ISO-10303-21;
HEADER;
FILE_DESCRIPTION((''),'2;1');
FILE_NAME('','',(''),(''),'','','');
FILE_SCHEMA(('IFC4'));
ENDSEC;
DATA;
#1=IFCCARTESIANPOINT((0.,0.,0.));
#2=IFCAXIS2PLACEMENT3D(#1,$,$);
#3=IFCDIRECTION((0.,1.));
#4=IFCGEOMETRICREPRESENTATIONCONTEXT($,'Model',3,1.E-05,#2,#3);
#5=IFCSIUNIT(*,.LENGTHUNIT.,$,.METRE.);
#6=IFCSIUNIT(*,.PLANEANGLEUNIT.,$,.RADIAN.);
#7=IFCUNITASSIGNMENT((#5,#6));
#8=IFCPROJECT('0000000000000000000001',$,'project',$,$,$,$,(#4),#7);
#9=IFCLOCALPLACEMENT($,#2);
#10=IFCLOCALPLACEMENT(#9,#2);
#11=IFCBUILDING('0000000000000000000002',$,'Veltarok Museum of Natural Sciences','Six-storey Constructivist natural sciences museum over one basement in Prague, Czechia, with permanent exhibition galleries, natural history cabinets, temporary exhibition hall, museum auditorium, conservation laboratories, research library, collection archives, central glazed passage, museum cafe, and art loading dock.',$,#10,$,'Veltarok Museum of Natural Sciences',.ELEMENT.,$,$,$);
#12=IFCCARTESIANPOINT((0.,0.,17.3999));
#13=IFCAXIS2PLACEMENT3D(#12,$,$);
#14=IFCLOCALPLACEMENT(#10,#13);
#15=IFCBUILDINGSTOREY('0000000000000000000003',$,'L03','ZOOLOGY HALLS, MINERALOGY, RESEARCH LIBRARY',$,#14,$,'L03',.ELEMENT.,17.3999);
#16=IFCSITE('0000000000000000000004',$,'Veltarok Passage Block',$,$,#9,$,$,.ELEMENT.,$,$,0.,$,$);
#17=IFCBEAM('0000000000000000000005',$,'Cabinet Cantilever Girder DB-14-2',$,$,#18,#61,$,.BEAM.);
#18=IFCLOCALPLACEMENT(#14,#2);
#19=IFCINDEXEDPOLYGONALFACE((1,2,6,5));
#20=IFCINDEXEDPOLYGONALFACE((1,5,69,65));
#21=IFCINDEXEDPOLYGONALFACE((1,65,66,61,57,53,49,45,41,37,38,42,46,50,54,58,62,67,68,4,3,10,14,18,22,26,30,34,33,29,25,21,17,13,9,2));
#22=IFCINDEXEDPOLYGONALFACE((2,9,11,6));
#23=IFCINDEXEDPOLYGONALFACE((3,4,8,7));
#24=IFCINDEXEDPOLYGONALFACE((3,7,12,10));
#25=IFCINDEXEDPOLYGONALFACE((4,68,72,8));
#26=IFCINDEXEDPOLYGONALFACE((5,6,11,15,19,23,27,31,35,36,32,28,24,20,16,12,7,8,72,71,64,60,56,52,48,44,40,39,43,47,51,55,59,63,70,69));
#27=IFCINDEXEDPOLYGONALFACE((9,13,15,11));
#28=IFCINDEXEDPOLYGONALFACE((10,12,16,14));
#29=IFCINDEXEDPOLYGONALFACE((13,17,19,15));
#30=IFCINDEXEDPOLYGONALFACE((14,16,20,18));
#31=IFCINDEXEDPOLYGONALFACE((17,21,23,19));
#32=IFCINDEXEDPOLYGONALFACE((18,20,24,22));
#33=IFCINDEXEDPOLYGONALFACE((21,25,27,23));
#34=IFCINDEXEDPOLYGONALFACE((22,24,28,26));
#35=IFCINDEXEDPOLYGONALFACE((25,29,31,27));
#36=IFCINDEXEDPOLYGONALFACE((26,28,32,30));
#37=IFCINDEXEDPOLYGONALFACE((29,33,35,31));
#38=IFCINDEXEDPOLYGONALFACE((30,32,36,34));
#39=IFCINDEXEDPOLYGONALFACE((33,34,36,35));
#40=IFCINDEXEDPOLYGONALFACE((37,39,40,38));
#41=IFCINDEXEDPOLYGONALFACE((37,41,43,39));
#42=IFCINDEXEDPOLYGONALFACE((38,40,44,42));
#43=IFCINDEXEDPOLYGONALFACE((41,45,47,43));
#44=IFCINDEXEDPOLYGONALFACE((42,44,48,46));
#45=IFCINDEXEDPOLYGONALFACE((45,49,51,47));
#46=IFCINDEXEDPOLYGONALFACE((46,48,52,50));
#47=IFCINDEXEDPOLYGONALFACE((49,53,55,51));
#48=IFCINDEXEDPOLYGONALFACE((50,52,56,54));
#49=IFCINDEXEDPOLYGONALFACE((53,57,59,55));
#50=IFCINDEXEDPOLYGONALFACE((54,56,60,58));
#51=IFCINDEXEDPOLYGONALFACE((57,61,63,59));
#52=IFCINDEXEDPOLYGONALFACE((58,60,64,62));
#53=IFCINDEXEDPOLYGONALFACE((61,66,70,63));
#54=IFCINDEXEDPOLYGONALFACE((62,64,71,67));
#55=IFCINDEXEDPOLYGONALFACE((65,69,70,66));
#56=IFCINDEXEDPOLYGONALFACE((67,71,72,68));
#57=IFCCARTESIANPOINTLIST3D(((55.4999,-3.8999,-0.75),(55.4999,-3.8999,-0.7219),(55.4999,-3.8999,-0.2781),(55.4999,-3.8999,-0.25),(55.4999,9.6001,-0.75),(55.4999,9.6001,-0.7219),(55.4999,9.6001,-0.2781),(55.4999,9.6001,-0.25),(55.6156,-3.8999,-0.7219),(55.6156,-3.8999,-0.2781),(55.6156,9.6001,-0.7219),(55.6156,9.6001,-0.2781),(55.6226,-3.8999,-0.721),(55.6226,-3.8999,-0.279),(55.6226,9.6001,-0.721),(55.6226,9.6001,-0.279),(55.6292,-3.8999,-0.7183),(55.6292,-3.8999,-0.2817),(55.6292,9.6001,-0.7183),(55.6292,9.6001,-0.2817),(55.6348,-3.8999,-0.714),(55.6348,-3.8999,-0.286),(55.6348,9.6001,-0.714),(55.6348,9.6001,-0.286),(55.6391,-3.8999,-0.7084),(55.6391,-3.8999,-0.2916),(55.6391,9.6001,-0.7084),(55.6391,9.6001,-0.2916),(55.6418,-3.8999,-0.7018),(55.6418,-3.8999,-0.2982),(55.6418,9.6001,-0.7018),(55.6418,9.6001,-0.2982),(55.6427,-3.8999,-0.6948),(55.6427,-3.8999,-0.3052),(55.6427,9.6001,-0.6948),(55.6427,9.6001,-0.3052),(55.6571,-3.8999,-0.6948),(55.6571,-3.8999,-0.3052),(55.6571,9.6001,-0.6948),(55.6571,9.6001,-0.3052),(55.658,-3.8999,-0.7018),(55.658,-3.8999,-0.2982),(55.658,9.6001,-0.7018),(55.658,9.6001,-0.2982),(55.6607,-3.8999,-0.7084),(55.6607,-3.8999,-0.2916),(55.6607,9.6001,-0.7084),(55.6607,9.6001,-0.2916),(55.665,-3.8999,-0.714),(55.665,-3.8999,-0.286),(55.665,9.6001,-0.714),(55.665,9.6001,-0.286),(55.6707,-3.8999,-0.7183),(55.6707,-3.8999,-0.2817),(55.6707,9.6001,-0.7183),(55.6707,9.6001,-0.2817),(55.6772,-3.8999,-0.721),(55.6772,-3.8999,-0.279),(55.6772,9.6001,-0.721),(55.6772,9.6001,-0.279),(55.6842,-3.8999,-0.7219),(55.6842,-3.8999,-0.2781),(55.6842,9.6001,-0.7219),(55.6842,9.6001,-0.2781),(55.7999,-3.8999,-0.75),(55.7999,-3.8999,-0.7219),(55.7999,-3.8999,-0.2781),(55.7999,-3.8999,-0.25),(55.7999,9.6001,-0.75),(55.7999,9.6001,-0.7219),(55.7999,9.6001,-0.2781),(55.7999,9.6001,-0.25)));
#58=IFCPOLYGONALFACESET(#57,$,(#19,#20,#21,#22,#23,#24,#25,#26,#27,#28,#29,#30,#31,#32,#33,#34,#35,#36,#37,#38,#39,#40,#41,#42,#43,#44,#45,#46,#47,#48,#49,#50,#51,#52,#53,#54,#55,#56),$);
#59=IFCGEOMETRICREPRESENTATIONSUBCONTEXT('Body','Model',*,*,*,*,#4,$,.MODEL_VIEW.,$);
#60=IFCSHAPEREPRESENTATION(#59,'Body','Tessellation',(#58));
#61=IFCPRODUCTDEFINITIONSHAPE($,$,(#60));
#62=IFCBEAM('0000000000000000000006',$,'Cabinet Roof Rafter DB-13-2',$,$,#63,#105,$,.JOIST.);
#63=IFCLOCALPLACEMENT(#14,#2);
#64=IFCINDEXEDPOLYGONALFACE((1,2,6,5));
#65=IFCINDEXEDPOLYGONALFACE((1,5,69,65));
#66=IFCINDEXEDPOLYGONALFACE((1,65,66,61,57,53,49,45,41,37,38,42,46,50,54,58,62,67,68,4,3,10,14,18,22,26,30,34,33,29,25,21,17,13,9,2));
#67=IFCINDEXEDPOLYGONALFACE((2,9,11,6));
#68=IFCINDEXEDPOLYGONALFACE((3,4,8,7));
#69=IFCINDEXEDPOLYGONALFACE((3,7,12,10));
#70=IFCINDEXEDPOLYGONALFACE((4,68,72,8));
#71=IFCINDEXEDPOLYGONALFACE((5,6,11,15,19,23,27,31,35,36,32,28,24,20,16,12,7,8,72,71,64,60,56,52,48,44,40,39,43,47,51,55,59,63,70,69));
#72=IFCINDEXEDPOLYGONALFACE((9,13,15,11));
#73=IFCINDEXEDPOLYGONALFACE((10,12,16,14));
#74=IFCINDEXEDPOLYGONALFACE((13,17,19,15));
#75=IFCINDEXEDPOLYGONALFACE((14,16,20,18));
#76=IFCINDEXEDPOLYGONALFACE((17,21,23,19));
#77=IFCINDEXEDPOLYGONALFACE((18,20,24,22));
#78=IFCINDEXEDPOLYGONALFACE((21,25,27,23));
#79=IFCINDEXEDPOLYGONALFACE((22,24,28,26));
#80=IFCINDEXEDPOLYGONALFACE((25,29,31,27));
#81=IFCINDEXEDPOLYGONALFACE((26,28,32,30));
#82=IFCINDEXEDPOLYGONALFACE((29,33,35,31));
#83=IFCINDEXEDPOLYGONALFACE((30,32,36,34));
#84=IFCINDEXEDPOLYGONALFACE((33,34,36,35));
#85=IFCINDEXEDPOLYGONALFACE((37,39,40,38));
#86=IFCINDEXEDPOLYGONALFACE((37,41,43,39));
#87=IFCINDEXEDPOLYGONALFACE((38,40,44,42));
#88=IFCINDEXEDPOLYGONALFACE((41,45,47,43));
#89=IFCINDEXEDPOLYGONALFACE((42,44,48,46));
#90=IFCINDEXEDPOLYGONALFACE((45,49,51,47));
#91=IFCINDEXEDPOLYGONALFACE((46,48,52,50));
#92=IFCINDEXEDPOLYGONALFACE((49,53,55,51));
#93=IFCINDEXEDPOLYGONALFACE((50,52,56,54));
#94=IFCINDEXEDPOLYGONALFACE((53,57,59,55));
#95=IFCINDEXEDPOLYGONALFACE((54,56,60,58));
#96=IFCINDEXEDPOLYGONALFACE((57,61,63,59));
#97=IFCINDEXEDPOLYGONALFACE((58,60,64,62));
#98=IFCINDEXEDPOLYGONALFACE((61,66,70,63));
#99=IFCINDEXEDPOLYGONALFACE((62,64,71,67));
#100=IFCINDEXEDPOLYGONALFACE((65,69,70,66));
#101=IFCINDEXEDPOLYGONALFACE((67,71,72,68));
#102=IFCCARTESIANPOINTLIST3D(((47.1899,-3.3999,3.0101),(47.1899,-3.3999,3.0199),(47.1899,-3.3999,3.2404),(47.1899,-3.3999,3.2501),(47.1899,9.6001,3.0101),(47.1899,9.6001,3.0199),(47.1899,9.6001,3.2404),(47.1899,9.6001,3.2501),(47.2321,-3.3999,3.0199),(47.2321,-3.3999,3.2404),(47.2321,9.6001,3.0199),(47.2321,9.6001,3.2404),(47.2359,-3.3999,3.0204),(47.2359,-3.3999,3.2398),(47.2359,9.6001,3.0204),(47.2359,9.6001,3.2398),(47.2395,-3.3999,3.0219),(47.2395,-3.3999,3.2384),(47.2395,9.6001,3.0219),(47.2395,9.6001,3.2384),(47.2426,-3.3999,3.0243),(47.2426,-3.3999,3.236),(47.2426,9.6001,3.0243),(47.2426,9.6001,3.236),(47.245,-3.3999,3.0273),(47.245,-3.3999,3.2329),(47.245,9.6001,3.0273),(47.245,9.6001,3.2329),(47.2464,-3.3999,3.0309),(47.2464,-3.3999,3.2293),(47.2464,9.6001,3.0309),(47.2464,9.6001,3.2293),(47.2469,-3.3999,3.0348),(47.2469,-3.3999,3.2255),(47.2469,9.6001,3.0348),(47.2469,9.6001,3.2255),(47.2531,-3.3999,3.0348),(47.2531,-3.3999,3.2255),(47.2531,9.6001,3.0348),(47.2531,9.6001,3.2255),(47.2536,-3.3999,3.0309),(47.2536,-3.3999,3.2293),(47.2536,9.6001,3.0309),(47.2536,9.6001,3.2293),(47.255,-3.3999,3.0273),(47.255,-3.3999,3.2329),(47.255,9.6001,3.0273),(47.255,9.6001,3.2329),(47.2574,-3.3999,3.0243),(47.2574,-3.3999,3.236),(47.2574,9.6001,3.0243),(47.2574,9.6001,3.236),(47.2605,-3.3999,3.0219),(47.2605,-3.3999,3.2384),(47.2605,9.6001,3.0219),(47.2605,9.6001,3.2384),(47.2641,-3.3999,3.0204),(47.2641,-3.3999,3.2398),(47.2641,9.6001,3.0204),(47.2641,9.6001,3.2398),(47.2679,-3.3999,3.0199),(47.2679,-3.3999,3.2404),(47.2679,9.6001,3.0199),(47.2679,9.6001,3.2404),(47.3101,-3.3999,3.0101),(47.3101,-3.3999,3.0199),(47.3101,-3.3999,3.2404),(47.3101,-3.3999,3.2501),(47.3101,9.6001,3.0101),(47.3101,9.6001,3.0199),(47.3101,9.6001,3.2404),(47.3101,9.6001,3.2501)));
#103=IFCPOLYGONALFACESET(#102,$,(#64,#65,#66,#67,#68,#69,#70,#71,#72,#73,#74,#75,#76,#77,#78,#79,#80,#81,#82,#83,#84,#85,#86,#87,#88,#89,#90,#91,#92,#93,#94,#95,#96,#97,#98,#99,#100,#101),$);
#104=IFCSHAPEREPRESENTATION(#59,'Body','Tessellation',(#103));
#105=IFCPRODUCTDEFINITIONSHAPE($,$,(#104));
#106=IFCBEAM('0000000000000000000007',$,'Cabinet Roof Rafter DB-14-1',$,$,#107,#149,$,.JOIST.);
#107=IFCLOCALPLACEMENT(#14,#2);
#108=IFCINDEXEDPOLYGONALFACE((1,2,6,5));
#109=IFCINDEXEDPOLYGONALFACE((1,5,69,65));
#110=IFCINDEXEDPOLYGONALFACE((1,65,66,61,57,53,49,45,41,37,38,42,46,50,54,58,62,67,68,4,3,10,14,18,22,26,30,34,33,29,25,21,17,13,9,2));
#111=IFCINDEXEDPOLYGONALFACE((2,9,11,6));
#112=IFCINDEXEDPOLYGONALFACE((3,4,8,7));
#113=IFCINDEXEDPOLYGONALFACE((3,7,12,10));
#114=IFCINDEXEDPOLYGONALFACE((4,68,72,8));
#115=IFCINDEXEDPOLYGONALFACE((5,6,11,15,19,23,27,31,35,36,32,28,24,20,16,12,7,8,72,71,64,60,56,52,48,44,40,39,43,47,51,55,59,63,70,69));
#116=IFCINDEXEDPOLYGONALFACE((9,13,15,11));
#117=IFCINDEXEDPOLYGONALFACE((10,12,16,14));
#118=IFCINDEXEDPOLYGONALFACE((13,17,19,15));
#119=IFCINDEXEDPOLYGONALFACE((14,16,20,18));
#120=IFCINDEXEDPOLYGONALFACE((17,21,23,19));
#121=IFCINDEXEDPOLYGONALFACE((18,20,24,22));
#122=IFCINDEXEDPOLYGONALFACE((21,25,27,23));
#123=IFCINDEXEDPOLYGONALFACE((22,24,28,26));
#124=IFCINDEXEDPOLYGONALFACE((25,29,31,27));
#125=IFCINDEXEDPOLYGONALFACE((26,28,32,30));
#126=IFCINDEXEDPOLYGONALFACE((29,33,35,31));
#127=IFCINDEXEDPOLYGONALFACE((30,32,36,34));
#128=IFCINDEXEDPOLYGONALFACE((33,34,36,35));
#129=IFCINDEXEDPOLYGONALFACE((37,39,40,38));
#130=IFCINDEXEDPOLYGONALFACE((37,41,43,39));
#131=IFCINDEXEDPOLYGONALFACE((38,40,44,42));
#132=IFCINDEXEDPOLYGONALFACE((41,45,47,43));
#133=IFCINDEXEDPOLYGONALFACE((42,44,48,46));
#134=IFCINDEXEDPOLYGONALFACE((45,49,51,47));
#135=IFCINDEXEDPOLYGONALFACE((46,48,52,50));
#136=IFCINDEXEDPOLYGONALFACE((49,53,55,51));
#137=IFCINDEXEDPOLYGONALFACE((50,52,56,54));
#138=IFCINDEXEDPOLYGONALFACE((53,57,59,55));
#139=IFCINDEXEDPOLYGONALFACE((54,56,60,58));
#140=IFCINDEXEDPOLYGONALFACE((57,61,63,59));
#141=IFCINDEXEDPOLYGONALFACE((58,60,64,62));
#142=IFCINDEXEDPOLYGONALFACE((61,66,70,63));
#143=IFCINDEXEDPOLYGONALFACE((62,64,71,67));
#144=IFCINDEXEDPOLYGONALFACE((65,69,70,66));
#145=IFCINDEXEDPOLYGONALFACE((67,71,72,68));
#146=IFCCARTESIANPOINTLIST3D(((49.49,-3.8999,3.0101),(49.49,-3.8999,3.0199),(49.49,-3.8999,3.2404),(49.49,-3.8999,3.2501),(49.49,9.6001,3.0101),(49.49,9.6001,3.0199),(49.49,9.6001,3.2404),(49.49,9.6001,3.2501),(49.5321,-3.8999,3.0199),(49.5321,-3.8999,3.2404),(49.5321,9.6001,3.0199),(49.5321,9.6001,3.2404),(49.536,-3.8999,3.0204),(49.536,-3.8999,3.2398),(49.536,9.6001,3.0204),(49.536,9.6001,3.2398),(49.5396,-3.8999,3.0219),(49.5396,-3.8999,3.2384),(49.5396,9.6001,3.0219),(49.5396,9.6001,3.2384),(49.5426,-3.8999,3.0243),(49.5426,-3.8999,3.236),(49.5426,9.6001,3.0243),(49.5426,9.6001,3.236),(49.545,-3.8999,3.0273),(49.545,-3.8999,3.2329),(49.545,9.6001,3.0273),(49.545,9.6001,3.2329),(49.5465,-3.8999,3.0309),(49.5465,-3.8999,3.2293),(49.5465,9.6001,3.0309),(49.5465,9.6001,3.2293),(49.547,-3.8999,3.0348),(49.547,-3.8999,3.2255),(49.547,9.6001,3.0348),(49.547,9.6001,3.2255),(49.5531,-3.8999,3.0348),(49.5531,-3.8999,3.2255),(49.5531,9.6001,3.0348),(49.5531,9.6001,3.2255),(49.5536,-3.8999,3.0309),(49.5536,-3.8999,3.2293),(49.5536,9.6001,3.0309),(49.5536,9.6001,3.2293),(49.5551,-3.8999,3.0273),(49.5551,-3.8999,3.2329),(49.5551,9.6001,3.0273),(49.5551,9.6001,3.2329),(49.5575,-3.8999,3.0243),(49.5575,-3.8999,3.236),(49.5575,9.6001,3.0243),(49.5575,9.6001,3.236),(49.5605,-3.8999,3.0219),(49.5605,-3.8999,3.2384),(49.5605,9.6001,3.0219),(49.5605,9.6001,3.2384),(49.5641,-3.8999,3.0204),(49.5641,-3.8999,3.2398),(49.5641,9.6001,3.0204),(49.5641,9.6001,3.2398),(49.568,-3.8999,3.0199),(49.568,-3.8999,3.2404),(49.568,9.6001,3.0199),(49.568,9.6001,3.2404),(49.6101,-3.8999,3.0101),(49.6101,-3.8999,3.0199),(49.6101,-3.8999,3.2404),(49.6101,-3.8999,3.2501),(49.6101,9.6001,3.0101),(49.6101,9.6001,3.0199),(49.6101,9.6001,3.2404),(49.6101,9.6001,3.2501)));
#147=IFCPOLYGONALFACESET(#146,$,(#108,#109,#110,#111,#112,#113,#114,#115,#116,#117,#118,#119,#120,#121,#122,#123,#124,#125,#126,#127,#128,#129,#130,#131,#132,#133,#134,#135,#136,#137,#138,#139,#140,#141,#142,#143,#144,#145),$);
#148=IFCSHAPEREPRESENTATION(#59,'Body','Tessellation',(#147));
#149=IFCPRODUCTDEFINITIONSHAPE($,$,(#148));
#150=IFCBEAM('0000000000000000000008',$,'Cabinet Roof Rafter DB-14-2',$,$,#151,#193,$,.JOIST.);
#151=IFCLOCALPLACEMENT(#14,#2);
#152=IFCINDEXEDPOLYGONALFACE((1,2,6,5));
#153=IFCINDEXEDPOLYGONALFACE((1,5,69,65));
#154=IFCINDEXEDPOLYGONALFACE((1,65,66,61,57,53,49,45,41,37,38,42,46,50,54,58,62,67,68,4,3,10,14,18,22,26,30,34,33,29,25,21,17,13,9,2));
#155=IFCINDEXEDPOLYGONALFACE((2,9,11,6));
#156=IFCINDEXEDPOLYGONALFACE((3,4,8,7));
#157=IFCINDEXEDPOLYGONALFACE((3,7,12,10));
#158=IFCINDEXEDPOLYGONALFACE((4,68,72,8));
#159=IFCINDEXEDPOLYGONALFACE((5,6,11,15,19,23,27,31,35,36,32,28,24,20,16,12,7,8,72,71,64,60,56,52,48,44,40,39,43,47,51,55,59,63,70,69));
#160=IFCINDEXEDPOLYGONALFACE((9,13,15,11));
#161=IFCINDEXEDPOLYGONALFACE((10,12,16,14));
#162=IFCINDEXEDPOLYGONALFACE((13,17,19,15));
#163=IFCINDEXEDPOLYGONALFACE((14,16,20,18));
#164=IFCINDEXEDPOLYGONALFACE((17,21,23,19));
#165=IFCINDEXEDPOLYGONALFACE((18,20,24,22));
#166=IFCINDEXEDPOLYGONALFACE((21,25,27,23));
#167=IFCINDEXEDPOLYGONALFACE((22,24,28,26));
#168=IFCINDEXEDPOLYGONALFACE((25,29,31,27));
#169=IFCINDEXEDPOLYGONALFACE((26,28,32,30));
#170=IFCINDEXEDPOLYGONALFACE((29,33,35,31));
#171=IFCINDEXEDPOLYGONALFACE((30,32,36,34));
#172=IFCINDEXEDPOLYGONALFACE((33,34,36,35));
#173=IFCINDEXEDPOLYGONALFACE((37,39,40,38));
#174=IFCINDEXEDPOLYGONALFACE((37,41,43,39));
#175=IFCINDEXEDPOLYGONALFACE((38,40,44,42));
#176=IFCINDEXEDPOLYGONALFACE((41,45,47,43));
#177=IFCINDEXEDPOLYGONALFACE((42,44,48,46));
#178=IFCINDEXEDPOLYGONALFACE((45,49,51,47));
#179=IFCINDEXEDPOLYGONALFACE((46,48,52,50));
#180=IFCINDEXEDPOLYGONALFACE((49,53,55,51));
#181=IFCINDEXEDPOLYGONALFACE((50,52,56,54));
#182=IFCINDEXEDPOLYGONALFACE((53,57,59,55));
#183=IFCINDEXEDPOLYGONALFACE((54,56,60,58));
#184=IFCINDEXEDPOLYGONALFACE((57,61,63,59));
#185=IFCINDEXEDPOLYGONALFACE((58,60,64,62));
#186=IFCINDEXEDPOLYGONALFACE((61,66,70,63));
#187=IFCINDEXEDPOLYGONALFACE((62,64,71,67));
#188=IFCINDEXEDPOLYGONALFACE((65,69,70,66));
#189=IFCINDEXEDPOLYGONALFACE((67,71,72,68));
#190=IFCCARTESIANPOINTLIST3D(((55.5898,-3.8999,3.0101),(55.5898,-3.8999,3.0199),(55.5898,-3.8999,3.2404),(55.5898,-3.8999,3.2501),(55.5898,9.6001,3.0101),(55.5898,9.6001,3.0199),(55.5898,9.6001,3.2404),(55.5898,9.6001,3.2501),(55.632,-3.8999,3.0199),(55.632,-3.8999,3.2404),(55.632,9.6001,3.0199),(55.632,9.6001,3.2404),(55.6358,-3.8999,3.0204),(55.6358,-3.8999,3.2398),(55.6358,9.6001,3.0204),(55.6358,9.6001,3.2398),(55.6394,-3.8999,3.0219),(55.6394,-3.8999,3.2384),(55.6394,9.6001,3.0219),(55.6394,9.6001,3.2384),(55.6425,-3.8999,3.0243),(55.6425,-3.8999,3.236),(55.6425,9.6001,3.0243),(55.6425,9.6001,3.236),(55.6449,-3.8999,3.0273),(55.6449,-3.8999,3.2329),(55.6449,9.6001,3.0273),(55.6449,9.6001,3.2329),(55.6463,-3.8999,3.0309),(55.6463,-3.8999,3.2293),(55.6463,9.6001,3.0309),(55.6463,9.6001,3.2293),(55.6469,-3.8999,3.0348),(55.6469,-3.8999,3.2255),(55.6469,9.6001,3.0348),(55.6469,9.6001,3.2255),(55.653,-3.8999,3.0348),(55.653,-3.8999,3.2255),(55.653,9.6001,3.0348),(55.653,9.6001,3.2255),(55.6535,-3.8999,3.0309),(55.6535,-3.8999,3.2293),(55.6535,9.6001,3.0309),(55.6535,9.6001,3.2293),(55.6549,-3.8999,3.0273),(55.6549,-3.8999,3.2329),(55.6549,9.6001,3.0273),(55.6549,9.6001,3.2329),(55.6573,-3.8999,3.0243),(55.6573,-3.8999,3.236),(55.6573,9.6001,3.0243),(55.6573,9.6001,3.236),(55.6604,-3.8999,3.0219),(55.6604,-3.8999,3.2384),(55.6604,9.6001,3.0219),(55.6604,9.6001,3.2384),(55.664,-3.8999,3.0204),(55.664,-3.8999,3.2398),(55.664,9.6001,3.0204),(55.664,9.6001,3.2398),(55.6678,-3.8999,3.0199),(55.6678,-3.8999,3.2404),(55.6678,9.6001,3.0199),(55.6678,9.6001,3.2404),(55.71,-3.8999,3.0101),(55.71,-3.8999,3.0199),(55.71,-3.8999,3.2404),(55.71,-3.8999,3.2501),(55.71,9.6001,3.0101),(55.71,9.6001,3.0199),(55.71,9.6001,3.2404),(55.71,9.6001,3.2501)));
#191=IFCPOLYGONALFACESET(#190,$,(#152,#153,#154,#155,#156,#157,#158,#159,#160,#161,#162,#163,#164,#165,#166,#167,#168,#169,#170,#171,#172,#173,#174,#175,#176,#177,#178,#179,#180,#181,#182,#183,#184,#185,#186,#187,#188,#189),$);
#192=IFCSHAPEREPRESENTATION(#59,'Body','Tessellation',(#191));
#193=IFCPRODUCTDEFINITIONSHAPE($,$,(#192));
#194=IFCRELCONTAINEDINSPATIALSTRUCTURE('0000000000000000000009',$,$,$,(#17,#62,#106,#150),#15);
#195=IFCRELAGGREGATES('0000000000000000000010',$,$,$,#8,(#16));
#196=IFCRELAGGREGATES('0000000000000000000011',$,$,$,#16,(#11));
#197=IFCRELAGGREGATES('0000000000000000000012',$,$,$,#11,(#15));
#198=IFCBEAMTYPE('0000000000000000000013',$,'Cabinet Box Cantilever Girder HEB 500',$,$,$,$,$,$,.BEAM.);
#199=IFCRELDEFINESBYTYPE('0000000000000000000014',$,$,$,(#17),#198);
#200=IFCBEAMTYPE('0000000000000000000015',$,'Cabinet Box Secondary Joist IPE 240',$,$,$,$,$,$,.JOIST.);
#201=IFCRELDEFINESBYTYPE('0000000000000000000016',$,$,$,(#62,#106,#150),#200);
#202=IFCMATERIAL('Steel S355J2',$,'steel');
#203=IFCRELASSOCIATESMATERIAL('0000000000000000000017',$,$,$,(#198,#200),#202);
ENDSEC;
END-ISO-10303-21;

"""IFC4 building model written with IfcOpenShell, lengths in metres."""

from ifc_helpers import new_model, si_unit, direction, frame, origin, origin_2d, place, context, subcontext, project, spatial, i_section, extrude, material, material_profile, profile_set, type_object, element, save


model = new_model("IFC4")

# Units and contexts
model_context = context("Model", 3, precision=1e-05, world=origin(), true_north=direction((0.0, 1.0)))
body_context = subcontext(model_context, "Body", "Model", "MODEL_VIEW")
ifc_project = project(units=[si_unit("LENGTHUNIT", "METRE"), si_unit("PLANEANGLEUNIT", "RADIAN")], contexts=[model_context])

# Site, building, storey
site_placement = place(None, origin())
site = spatial("IfcSite", under=ifc_project, at=site_placement, Name="Veltarok Passage Block", CompositionType="ELEMENT", RefElevation=0.0)
building_placement = place(site_placement, origin())
building = spatial("IfcBuilding", under=site, at=building_placement, Name="Veltarok Museum of Natural Sciences", Description="Six-storey Constructivist natural sciences museum over one basement in Prague, Czechia, with permanent exhibition galleries, natural history cabinets, temporary exhibition hall, museum auditorium, conservation laboratories, research library, collection archives, central glazed passage, museum cafe, and art loading dock.", LongName="Veltarok Museum of Natural Sciences", CompositionType="ELEMENT")
storey_placement = place(building_placement, frame((0.0, 0.0, 17.3999)))
storey = spatial("IfcBuildingStorey", under=building, at=storey_placement, Name="L03", Description="ZOOLOGY HALLS, MINERALOGY, RESEARCH LIBRARY", LongName="L03", CompositionType="ELEMENT", Elevation=17.3999)

# Shared definitions
ifc_material_1 = material(Name="Steel S355J2", Category="steel")

# Beams
ifc_material_profile_1 = material_profile(ifc_material_1, i_section(OverallWidth=0.3, OverallDepth=0.5, WebThickness=0.0144, FlangeThickness=0.0281, FilletRadius=0.0271, at=origin_2d()), Name="HEB 500")
ifc_profile_set_1 = profile_set([ifc_material_profile_1], Name="Steel S355J2")
beam_type_1 = type_object("IfcBeamType", Name="Cabinet Box Cantilever Girder HEB 500", PredefinedType="BEAM", material=ifc_profile_set_1)
for number, where, z_axis, x_axis, name in (
    (1, (55.6499, -3.8999, -0.5), (0.0, 1.0, 0.0), (-1.0, 0.0, 0.0), "Cabinet Cantilever Girder DB-14-2"),
):
    element("IfcBeam", number, at=place(storey_placement, frame(where, z_axis=z_axis, x_axis=x_axis)), inside=storey, type_object=beam_type_1, Name=name, PredefinedType="BEAM", context=body_context, shape_type="SweptSolid", body=[
        extrude(i_section(OverallWidth=0.3, OverallDepth=0.5, WebThickness=0.0144, FlangeThickness=0.0281, FilletRadius=0.0271, at=origin_2d()), origin(), (0.0, 0.0, 1.0), 13.5),
    ])
ifc_material_profile_2 = material_profile(ifc_material_1, i_section(OverallWidth=0.1201, OverallDepth=0.24, WebThickness=0.0061, FlangeThickness=0.0098, FilletRadius=0.0149, at=origin_2d()), Name="IPE 240")
ifc_profile_set_2 = profile_set([ifc_material_profile_2], Name="Steel S355J2")
beam_type_2 = type_object("IfcBeamType", Name="Cabinet Box Secondary Joist IPE 240", PredefinedType="JOIST", material=ifc_profile_set_2)
beam_1_placement = place(storey_placement, frame((47.25, -3.3999, 3.1301), z_axis=(0.0, 1.0, 0.0), x_axis=(-1.0, 0.0, 0.0)))
element("IfcBeam", 2, at=beam_1_placement, inside=storey, type_object=beam_type_2, Name="Cabinet Roof Rafter DB-13-2", PredefinedType="JOIST", context=body_context, shape_type="SweptSolid", body=[
    extrude(i_section(OverallWidth=0.1201, OverallDepth=0.24, WebThickness=0.0061, FlangeThickness=0.0098, FilletRadius=0.0149, at=origin_2d()), origin(), (0.0, 0.0, 1.0), 13.0),
])
for number, where, z_axis, x_axis, name in (
    (3, (49.55, -3.8999, 3.1301), (0.0, 1.0, 0.0), (-1.0, 0.0, 0.0), "Cabinet Roof Rafter DB-14-1"),
    (4, (55.6499, -3.8999, 3.1301), (0.0, 1.0, 0.0), (-1.0, 0.0, 0.0), "Cabinet Roof Rafter DB-14-2"),
):
    element("IfcBeam", number, at=place(storey_placement, frame(where, z_axis=z_axis, x_axis=x_axis)), inside=storey, type_object=beam_type_2, Name=name, PredefinedType="JOIST", context=body_context, shape_type="SweptSolid", body=[
        extrude(i_section(OverallWidth=0.1201, OverallDepth=0.24, WebThickness=0.0061, FlangeThickness=0.0098, FilletRadius=0.0149, at=origin_2d()), origin(), (0.0, 0.0, 1.0), 13.5),
    ])

save(model, "model.ifc")
